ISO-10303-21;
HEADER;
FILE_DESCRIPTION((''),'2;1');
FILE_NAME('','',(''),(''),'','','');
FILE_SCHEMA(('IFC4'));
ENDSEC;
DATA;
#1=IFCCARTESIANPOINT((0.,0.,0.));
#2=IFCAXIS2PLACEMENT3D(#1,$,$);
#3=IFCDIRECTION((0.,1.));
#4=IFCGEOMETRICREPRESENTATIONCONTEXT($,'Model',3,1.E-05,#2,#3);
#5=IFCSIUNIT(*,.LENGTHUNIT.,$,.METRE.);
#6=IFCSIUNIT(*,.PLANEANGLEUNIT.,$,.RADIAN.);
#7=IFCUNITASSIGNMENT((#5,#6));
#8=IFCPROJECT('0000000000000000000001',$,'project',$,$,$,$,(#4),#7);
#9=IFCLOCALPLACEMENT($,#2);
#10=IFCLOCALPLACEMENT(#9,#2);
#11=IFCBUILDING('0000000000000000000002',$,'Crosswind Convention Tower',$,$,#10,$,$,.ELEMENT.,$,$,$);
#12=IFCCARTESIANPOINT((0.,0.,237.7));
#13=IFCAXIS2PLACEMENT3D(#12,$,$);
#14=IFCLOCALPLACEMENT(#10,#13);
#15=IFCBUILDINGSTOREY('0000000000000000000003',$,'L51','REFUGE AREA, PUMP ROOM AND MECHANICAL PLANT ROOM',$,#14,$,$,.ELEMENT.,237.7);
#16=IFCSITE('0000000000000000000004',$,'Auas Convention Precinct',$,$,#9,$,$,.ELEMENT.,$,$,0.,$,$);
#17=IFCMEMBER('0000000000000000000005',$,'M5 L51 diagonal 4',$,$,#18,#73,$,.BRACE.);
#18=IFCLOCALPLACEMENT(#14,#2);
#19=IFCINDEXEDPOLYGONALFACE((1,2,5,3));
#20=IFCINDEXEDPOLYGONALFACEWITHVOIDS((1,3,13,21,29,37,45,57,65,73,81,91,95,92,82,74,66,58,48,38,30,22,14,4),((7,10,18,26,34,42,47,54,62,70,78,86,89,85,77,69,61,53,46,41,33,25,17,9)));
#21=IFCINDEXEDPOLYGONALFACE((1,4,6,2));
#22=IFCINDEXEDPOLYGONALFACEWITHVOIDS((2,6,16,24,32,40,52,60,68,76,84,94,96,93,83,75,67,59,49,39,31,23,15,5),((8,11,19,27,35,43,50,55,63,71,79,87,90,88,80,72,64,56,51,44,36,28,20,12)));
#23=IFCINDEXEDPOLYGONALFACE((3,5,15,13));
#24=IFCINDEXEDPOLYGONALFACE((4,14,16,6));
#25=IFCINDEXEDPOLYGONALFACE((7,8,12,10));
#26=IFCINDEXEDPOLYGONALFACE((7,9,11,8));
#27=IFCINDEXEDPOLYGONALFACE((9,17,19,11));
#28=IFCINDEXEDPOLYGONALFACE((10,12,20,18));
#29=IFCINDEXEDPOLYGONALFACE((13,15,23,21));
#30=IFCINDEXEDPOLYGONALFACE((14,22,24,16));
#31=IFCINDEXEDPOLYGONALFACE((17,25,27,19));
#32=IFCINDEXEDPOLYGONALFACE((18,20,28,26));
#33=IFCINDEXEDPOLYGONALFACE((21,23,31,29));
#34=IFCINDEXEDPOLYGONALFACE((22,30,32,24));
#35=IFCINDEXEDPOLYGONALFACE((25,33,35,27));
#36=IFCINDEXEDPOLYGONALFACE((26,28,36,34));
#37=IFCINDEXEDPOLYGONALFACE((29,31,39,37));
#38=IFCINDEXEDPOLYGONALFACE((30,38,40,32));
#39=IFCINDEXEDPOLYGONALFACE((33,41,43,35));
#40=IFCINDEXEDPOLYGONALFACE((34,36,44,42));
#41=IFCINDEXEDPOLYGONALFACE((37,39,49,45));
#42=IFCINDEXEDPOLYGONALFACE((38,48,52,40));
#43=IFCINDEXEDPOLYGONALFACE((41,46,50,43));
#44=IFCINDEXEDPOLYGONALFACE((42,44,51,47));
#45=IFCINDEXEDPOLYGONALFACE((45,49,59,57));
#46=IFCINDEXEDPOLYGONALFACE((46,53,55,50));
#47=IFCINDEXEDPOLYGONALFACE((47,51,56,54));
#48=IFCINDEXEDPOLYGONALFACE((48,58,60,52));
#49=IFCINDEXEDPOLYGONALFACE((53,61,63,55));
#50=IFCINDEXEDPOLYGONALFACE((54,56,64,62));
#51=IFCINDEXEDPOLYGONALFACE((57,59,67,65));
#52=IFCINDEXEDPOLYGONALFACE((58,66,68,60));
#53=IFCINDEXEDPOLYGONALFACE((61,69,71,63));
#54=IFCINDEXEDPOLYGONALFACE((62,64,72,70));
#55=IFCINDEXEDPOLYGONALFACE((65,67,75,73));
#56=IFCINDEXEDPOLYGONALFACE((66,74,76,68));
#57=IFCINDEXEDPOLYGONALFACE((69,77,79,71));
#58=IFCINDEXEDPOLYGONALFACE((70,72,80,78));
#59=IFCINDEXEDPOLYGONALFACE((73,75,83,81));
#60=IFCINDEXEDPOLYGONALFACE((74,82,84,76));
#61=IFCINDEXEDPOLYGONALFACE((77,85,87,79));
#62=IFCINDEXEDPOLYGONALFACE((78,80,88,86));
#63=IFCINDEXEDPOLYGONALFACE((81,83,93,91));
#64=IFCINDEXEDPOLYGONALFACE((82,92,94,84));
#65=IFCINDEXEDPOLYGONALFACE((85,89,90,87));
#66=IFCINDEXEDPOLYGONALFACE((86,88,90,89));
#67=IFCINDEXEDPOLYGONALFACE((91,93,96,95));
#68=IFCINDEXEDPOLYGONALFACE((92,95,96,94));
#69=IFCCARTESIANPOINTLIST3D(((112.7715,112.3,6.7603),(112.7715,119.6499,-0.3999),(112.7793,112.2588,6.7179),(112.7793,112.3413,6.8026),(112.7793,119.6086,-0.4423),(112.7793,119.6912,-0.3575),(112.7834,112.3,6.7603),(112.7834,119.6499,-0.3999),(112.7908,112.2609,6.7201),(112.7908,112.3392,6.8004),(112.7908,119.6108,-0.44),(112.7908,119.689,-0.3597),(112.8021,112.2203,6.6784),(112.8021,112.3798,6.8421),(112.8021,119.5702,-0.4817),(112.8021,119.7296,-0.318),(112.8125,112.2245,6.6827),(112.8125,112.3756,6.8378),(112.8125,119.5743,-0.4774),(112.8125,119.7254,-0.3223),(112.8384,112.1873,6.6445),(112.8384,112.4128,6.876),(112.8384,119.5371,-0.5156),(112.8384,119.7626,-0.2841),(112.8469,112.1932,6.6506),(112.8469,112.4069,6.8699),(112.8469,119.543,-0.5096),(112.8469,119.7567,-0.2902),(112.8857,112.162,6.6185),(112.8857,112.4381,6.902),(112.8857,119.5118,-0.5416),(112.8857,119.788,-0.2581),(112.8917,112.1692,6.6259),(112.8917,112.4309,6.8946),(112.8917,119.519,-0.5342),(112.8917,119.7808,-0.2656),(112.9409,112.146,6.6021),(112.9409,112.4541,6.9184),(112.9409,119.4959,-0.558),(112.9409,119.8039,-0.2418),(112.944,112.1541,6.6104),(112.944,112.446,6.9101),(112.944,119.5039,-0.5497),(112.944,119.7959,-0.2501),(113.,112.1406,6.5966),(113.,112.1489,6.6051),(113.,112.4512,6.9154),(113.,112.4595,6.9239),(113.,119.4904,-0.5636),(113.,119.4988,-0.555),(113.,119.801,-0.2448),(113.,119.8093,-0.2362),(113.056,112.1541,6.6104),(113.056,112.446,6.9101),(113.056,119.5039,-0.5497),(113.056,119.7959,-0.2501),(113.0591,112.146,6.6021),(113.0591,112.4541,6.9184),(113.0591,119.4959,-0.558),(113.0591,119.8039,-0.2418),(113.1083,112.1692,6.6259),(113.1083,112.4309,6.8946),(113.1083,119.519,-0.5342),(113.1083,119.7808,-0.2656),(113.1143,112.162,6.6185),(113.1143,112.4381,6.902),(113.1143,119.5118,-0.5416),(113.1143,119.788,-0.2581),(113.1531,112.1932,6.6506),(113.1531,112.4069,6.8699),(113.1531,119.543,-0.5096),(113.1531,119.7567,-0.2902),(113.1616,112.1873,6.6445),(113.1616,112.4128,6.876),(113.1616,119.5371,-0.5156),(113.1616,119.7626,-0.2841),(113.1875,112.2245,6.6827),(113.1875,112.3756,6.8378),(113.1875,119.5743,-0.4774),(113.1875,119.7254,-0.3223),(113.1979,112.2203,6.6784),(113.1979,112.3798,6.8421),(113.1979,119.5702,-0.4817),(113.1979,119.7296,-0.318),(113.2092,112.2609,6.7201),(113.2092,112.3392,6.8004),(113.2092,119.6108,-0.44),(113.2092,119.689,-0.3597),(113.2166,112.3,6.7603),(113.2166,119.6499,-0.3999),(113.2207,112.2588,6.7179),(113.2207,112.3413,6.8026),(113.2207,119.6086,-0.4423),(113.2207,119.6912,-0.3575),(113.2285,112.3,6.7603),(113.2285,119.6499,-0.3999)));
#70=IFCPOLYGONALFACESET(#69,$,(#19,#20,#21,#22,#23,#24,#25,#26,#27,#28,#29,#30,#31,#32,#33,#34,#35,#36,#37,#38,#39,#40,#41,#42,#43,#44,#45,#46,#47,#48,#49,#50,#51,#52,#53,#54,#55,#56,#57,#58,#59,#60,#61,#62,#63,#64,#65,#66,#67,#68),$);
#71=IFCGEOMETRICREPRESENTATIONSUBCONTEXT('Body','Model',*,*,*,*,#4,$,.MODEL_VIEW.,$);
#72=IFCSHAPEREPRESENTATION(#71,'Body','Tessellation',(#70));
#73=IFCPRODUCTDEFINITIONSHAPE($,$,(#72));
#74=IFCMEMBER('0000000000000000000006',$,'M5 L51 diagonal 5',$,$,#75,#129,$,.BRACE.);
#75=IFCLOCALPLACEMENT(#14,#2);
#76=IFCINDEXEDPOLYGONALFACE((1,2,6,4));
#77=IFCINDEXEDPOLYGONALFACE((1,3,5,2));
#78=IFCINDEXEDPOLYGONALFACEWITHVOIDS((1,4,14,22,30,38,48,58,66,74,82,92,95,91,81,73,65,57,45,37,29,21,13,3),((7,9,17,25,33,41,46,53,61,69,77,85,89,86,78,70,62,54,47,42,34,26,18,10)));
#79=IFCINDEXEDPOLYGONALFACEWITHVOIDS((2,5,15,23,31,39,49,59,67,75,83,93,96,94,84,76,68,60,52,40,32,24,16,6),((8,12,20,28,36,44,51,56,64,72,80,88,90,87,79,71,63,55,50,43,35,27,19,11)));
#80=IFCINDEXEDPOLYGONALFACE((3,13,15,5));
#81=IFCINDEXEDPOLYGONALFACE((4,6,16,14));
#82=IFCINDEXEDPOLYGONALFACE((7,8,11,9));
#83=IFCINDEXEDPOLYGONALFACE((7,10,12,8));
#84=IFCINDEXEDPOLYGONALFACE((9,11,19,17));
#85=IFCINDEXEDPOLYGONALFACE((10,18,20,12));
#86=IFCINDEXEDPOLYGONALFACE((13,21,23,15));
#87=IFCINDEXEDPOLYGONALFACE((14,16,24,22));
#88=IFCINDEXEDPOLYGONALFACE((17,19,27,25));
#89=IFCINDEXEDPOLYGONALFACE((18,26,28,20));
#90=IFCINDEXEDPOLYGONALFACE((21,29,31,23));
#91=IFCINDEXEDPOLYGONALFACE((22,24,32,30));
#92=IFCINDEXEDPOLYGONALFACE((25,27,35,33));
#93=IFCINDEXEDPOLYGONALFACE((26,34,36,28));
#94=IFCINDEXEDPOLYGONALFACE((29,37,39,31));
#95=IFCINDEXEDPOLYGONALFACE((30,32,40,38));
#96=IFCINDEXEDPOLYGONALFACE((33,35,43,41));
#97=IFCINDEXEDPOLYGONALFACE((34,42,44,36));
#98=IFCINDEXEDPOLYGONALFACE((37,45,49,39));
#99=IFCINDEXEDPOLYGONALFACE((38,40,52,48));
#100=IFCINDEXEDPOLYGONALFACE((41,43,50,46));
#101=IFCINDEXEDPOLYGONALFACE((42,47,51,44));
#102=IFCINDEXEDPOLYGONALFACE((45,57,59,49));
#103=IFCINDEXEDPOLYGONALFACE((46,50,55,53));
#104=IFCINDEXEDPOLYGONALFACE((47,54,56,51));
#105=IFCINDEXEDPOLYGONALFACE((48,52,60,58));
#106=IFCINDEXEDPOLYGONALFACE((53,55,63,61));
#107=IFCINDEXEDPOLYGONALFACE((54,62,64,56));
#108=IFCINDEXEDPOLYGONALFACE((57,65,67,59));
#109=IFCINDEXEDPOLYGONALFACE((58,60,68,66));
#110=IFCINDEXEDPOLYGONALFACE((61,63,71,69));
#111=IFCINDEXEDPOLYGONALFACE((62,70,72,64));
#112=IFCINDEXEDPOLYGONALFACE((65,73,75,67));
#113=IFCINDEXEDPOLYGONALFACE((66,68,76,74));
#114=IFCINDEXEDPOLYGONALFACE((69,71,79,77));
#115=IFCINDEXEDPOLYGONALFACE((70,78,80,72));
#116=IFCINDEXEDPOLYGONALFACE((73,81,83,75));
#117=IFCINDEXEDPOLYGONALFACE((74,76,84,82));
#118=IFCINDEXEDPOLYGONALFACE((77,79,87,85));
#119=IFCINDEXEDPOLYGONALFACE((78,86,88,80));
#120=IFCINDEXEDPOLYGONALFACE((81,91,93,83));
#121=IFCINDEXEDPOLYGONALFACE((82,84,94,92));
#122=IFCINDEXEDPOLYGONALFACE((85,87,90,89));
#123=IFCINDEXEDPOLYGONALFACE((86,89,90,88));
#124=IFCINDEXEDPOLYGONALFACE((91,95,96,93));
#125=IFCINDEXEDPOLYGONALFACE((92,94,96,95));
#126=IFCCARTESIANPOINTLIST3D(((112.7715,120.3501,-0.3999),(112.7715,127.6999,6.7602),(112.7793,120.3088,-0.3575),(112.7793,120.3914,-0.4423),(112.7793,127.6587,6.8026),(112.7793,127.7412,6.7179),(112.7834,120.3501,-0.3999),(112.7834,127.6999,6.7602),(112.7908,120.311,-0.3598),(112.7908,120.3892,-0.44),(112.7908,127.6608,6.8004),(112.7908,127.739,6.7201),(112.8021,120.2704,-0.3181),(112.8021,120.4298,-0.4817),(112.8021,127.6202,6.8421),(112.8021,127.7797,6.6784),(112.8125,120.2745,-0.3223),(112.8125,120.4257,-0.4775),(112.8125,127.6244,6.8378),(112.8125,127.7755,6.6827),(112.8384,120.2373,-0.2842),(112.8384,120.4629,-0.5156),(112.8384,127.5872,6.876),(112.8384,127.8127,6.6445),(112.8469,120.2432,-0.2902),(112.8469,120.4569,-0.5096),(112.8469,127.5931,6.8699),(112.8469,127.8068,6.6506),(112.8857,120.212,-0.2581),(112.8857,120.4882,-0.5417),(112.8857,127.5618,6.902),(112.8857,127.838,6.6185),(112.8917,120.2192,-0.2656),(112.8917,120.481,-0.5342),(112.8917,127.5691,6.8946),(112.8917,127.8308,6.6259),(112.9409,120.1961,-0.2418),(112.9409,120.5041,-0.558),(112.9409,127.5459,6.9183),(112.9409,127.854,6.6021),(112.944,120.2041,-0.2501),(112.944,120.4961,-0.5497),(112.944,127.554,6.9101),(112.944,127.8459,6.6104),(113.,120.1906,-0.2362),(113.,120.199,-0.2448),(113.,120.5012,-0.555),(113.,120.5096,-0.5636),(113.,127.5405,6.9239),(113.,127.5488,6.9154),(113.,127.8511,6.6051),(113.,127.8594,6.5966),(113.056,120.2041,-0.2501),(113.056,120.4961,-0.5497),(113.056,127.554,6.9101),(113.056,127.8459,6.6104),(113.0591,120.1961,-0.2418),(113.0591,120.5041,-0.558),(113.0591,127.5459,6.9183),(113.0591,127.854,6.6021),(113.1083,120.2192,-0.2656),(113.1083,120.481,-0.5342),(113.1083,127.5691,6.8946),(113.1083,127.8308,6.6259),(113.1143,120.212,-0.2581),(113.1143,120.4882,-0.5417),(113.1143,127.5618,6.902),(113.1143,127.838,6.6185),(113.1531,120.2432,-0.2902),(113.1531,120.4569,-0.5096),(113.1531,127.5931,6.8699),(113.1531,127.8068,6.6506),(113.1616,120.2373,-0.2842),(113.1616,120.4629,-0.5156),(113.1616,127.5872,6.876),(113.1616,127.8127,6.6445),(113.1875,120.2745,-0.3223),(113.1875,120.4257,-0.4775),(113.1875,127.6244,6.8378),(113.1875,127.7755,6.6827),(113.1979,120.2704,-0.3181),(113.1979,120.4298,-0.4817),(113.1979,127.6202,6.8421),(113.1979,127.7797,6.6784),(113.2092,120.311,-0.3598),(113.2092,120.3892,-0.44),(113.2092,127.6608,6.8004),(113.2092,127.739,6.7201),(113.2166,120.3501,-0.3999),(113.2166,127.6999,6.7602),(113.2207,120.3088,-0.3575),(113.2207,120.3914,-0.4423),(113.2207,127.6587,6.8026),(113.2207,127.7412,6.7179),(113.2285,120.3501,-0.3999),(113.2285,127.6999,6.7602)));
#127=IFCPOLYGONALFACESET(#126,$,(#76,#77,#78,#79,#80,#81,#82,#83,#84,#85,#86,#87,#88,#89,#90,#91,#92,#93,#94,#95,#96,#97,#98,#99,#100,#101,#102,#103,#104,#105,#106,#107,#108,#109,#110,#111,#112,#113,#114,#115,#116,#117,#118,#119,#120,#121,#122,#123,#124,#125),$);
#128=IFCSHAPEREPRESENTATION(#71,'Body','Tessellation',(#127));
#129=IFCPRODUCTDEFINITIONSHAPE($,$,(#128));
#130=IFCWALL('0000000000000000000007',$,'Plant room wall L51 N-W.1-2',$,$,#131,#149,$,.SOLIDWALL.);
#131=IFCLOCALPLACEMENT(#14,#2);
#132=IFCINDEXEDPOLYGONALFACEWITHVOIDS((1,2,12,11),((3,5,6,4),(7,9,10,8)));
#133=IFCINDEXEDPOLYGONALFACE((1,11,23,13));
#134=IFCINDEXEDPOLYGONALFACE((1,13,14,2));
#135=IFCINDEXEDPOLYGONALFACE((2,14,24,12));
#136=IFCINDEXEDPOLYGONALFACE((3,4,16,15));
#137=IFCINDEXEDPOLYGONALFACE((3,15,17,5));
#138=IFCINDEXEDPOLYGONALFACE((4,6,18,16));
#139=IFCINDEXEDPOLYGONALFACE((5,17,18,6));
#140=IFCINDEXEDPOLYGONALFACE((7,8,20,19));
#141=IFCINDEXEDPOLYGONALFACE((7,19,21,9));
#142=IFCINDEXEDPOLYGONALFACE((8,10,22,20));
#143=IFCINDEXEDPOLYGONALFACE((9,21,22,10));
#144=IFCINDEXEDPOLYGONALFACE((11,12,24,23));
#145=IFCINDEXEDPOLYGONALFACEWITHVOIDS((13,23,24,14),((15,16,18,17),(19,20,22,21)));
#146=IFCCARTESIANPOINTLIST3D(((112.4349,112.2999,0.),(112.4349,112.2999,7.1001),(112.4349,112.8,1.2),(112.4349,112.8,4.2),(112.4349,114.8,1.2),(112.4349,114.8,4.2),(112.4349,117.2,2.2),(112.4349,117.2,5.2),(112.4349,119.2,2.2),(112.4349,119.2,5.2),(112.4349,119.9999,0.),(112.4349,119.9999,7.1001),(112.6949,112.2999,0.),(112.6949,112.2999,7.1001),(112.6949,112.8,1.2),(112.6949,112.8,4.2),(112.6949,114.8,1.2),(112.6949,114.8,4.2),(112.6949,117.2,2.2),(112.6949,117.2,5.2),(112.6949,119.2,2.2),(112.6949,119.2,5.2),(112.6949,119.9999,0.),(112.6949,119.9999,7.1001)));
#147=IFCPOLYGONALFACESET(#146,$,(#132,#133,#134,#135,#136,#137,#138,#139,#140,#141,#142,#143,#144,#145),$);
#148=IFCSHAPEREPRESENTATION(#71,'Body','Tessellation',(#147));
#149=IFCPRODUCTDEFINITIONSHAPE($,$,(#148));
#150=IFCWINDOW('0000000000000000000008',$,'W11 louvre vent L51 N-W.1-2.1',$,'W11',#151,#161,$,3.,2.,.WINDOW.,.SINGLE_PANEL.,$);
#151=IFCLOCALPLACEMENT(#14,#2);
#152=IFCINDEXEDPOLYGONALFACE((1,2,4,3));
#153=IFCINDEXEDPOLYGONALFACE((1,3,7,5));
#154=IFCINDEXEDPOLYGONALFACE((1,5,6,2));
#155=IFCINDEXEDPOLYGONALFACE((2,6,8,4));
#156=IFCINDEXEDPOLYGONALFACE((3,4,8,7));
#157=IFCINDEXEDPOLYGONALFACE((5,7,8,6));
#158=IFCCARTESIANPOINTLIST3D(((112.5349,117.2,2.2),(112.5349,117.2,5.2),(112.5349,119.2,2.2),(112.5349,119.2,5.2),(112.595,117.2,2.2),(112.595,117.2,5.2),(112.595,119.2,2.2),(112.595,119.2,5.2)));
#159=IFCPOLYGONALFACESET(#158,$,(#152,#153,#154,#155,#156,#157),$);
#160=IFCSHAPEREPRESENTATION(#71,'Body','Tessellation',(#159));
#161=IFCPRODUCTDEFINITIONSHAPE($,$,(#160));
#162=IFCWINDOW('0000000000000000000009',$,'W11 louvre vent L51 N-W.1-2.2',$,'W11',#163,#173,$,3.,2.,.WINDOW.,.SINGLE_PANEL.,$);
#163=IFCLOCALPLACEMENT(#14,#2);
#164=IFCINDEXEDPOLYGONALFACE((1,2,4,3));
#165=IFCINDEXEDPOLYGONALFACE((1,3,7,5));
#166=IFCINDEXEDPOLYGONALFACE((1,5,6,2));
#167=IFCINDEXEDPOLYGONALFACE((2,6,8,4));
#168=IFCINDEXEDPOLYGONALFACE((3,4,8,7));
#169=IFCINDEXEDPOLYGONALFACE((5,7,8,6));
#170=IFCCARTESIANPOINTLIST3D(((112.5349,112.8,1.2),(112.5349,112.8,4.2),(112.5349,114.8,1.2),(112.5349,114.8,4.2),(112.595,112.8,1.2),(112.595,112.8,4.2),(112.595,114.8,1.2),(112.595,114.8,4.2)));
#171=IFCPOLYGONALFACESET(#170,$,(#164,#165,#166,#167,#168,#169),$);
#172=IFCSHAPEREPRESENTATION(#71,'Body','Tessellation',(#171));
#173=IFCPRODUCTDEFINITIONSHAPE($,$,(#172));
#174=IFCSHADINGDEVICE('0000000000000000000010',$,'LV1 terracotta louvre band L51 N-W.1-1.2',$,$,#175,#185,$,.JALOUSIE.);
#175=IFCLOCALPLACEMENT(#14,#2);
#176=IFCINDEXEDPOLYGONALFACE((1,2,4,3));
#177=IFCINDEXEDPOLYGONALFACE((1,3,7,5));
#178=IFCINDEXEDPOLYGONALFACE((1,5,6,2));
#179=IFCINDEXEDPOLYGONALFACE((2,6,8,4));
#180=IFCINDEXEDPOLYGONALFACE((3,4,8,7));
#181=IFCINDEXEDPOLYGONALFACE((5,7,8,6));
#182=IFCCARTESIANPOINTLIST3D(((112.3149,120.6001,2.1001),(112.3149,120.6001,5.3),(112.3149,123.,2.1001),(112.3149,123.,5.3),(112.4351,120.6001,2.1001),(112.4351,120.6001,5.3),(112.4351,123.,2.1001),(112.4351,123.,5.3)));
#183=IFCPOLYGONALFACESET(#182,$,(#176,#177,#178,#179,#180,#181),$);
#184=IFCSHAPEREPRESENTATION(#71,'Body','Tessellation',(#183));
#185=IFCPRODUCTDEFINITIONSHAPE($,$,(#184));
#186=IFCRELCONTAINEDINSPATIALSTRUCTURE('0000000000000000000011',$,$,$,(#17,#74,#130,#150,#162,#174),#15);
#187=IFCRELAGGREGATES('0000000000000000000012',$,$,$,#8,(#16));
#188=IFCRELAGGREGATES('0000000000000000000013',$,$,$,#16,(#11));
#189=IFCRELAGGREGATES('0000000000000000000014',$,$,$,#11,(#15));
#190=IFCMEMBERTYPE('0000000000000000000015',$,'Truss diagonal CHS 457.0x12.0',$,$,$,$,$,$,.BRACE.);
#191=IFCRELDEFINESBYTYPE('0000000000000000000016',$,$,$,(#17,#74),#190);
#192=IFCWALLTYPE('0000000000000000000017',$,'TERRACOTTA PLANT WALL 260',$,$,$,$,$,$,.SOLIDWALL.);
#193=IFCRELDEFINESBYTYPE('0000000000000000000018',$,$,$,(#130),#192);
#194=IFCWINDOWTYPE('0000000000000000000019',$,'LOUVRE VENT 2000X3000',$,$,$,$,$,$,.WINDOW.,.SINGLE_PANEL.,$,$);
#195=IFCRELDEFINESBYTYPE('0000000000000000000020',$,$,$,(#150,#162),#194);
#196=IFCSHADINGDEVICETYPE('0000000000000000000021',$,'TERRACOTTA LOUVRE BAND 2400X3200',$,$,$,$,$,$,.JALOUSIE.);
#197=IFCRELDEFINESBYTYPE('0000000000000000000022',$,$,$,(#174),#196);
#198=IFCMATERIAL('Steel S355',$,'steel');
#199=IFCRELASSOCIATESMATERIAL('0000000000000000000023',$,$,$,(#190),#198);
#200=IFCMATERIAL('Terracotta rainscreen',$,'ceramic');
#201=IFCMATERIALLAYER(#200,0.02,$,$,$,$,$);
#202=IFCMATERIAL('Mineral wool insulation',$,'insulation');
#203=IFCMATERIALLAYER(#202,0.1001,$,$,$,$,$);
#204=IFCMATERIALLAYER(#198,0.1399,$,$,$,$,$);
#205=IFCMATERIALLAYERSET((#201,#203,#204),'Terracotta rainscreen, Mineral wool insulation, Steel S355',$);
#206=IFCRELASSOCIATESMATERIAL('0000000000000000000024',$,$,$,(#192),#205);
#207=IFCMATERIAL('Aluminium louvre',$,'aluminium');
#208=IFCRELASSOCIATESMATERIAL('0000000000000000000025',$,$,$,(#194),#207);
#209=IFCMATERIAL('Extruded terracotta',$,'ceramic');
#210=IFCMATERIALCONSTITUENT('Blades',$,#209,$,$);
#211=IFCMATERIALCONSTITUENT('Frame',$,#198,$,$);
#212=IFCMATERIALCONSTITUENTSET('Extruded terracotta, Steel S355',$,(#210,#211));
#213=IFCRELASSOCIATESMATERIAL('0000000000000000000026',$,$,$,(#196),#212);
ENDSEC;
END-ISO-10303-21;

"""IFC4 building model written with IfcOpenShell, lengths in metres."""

from ifc_helpers import new_model, si_unit, direction, frame, frame_2d, origin, origin_2d, place, context, subcontext, project, spatial, rectangle, hollow_circle, extrude, material, layer, layer_set, constituent, constituent_set, material_profile, profile_set, type_object, element, fill, save


model = new_model("IFC4")

# Units and contexts
model_context = context("Model", 3, precision=1e-05, world=origin(), true_north=direction((0.0, 1.0)))
body_context = subcontext(model_context, "Body", "Model", "MODEL_VIEW")
ifc_project = project(units=[si_unit("LENGTHUNIT", "METRE"), si_unit("PLANEANGLEUNIT", "RADIAN")], contexts=[model_context])

# Site, building, storey
site_placement = place(None, origin())
site = spatial("IfcSite", under=ifc_project, at=site_placement, Name="Auas Convention Precinct", CompositionType="ELEMENT", RefElevation=0.0)
building_placement = place(site_placement, origin())
building = spatial("IfcBuilding", under=site, at=building_placement, Name="Crosswind Convention Tower", CompositionType="ELEMENT")
storey_placement = place(building_placement, frame((0.0, 0.0, 237.7)))
storey = spatial("IfcBuildingStorey", under=building, at=storey_placement, Name="L51", Description="REFUGE AREA, PUMP ROOM AND MECHANICAL PLANT ROOM", CompositionType="ELEMENT", Elevation=237.7)

# Shared definitions
ifc_material_1 = material(Name="Steel S355", Category="steel")

# Members
ifc_material_profile_1 = material_profile(ifc_material_1, hollow_circle(Radius=0.2285, WallThickness=0.012, at=origin_2d()), Name="CHS 457.0x12.0")
ifc_profile_set_1 = profile_set([ifc_material_profile_1], Name="Steel S355")
member_type_1 = type_object("IfcMemberType", Name="Truss diagonal CHS 457.0x12.0", PredefinedType="BRACE", material=ifc_profile_set_1)
for number, where, z_axis, x_axis, name in (
    (1, (113.0, 112.3, 6.7603), (0.0, 0.71629, -0.697803), (-1.0, 0.0, 0.0), "M5 L51 diagonal 4"),
    (2, (113.0, 120.3501, -0.3999), (0.0, 0.71629, 0.697803), (-1.0, 0.0, 0.0), "M5 L51 diagonal 5"),
):
    element("IfcMember", number, at=place(storey_placement, frame(where, z_axis=z_axis, x_axis=x_axis)), inside=storey, type_object=member_type_1, Name=name, PredefinedType="BRACE", context=body_context, shape_type="SweptSolid", body=[
        extrude(hollow_circle(Radius=0.2285, WallThickness=0.012, at=origin_2d()), origin(), (0.0, 0.0, 1.0), 10.261),
    ])

# Wall, openings, windows
ifc_material_2 = material(Name="Terracotta rainscreen", Category="ceramic")
ifc_layer_1 = layer(ifc_material_2, 0.02)
ifc_material_3 = material(Name="Mineral wool insulation", Category="insulation")
ifc_layer_2 = layer(ifc_material_3, 0.1001)
ifc_layer_3 = layer(ifc_material_1, 0.1399)
ifc_layer_set_1 = layer_set([ifc_layer_1, ifc_layer_2, ifc_layer_3], Name="Terracotta rainscreen, Mineral wool insulation, Steel S355")
wall_type = type_object("IfcWallType", Name="TERRACOTTA PLANT WALL 260", PredefinedType="SOLIDWALL", material=ifc_layer_set_1)
wall_placement = place(storey_placement, frame((112.5649, 120.0, 0.0), z_axis=(0.0, 0.0, 1.0), x_axis=(0.0, -1.0, 0.0)))
wall = element("IfcWall", 3, at=wall_placement, inside=storey, type_object=wall_type, Name="Plant room wall L51 N-W.1-2", PredefinedType="SOLIDWALL", context=body_context, shape_type="SweptSolid", body=[
    extrude(rectangle(XDim=7.7, YDim=0.26, at=frame_2d((3.8501, 0.0))), origin(), (0.0, 0.0, 1.0), 7.1001),
])
opening_1_placement = place(wall_placement, frame((0.8, 0.0, 2.2)))
opening_1 = element("IfcOpeningElement", 4, at=opening_1_placement, cuts=wall, PredefinedType="OPENING", context=body_context, shape_type="SweptSolid", body=[
    extrude(rectangle(XDim=2.0, YDim=3.0, at=frame_2d((1.0, 1.5))), frame((0.0, 0.1399, 0.0), z_axis=(0.0, -1.0, 0.0), x_axis=(1.0, 0.0, 0.0)), (0.0, 0.0, 1.0), 0.28),
])
opening_2_placement = place(wall_placement, frame((5.2, 0.0, 1.2)))
opening_2 = element("IfcOpeningElement", 5, at=opening_2_placement, cuts=wall, PredefinedType="OPENING", context=body_context, shape_type="SweptSolid", body=[
    extrude(rectangle(XDim=2.0, YDim=3.0, at=frame_2d((1.0, 1.5))), frame((0.0, 0.1399, 0.0), z_axis=(0.0, -1.0, 0.0), x_axis=(1.0, 0.0, 0.0)), (0.0, 0.0, 1.0), 0.28),
])
ifc_material_4 = material(Name="Aluminium louvre", Category="aluminium")
window_type = type_object("IfcWindowType", Name="LOUVRE VENT 2000X3000", PartitioningType="SINGLE_PANEL", PredefinedType="WINDOW", material=ifc_material_4)
window_1_placement = place(opening_1_placement, origin())
window_1 = element("IfcWindow", 6, at=window_1_placement, inside=storey, type_object=window_type, Name="W11 louvre vent L51 N-W.1-2.1", ObjectType="W11", OverallHeight=3.0, OverallWidth=2.0, PartitioningType="SINGLE_PANEL", PredefinedType="WINDOW", context=body_context, shape_type="SweptSolid", body=[
    extrude(rectangle(XDim=2.0, YDim=3.0, at=frame_2d((1.0, 1.5))), frame((0.0, 0.03, 0.0), z_axis=(0.0, -1.0, 0.0), x_axis=(1.0, 0.0, 0.0)), (0.0, 0.0, 1.0), 0.0601),
])
fill(opening_1, window_1)
window_2_placement = place(opening_2_placement, origin())
window_2 = element("IfcWindow", 7, at=window_2_placement, inside=storey, type_object=window_type, Name="W11 louvre vent L51 N-W.1-2.2", ObjectType="W11", OverallHeight=3.0, OverallWidth=2.0, PartitioningType="SINGLE_PANEL", PredefinedType="WINDOW", context=body_context, shape_type="SweptSolid", body=[
    extrude(rectangle(XDim=2.0, YDim=3.0, at=frame_2d((1.0, 1.5))), frame((0.0, 0.03, 0.0), z_axis=(0.0, -1.0, 0.0), x_axis=(1.0, 0.0, 0.0)), (0.0, 0.0, 1.0), 0.0601),
])
fill(opening_2, window_2)

# Shading device
ifc_material_5 = material(Name="Extruded terracotta", Category="ceramic")
ifc_constituent_1 = constituent(ifc_material_5, Name="Blades")
ifc_constituent_2 = constituent(ifc_material_1, Name="Frame")
ifc_constituent_set = constituent_set(constituents=[ifc_constituent_1, ifc_constituent_2], Name="Extruded terracotta, Steel S355")
shading_device_type = type_object("IfcShadingDeviceType", Name="TERRACOTTA LOUVRE BAND 2400X3200", PredefinedType="JALOUSIE", material=ifc_constituent_set)
for number, where, z_axis, x_axis, name in (
    (8, (112.375, 121.8, 2.1001), (0.0, 0.0, 1.0), (0.0, -1.0, 0.0), "LV1 terracotta louvre band L51 N-W.1-1.2"),
):
    element("IfcShadingDevice", number, at=place(storey_placement, frame(where, z_axis=z_axis, x_axis=x_axis)), inside=storey, type_object=shading_device_type, Name=name, PredefinedType="JALOUSIE", context=body_context, shape_type="SweptSolid", body=[
        extrude(rectangle(XDim=2.3999, YDim=0.1201, at=origin_2d()), origin(), (0.0, 0.0, 1.0), 3.2),
    ])

save(model, "model.ifc")
